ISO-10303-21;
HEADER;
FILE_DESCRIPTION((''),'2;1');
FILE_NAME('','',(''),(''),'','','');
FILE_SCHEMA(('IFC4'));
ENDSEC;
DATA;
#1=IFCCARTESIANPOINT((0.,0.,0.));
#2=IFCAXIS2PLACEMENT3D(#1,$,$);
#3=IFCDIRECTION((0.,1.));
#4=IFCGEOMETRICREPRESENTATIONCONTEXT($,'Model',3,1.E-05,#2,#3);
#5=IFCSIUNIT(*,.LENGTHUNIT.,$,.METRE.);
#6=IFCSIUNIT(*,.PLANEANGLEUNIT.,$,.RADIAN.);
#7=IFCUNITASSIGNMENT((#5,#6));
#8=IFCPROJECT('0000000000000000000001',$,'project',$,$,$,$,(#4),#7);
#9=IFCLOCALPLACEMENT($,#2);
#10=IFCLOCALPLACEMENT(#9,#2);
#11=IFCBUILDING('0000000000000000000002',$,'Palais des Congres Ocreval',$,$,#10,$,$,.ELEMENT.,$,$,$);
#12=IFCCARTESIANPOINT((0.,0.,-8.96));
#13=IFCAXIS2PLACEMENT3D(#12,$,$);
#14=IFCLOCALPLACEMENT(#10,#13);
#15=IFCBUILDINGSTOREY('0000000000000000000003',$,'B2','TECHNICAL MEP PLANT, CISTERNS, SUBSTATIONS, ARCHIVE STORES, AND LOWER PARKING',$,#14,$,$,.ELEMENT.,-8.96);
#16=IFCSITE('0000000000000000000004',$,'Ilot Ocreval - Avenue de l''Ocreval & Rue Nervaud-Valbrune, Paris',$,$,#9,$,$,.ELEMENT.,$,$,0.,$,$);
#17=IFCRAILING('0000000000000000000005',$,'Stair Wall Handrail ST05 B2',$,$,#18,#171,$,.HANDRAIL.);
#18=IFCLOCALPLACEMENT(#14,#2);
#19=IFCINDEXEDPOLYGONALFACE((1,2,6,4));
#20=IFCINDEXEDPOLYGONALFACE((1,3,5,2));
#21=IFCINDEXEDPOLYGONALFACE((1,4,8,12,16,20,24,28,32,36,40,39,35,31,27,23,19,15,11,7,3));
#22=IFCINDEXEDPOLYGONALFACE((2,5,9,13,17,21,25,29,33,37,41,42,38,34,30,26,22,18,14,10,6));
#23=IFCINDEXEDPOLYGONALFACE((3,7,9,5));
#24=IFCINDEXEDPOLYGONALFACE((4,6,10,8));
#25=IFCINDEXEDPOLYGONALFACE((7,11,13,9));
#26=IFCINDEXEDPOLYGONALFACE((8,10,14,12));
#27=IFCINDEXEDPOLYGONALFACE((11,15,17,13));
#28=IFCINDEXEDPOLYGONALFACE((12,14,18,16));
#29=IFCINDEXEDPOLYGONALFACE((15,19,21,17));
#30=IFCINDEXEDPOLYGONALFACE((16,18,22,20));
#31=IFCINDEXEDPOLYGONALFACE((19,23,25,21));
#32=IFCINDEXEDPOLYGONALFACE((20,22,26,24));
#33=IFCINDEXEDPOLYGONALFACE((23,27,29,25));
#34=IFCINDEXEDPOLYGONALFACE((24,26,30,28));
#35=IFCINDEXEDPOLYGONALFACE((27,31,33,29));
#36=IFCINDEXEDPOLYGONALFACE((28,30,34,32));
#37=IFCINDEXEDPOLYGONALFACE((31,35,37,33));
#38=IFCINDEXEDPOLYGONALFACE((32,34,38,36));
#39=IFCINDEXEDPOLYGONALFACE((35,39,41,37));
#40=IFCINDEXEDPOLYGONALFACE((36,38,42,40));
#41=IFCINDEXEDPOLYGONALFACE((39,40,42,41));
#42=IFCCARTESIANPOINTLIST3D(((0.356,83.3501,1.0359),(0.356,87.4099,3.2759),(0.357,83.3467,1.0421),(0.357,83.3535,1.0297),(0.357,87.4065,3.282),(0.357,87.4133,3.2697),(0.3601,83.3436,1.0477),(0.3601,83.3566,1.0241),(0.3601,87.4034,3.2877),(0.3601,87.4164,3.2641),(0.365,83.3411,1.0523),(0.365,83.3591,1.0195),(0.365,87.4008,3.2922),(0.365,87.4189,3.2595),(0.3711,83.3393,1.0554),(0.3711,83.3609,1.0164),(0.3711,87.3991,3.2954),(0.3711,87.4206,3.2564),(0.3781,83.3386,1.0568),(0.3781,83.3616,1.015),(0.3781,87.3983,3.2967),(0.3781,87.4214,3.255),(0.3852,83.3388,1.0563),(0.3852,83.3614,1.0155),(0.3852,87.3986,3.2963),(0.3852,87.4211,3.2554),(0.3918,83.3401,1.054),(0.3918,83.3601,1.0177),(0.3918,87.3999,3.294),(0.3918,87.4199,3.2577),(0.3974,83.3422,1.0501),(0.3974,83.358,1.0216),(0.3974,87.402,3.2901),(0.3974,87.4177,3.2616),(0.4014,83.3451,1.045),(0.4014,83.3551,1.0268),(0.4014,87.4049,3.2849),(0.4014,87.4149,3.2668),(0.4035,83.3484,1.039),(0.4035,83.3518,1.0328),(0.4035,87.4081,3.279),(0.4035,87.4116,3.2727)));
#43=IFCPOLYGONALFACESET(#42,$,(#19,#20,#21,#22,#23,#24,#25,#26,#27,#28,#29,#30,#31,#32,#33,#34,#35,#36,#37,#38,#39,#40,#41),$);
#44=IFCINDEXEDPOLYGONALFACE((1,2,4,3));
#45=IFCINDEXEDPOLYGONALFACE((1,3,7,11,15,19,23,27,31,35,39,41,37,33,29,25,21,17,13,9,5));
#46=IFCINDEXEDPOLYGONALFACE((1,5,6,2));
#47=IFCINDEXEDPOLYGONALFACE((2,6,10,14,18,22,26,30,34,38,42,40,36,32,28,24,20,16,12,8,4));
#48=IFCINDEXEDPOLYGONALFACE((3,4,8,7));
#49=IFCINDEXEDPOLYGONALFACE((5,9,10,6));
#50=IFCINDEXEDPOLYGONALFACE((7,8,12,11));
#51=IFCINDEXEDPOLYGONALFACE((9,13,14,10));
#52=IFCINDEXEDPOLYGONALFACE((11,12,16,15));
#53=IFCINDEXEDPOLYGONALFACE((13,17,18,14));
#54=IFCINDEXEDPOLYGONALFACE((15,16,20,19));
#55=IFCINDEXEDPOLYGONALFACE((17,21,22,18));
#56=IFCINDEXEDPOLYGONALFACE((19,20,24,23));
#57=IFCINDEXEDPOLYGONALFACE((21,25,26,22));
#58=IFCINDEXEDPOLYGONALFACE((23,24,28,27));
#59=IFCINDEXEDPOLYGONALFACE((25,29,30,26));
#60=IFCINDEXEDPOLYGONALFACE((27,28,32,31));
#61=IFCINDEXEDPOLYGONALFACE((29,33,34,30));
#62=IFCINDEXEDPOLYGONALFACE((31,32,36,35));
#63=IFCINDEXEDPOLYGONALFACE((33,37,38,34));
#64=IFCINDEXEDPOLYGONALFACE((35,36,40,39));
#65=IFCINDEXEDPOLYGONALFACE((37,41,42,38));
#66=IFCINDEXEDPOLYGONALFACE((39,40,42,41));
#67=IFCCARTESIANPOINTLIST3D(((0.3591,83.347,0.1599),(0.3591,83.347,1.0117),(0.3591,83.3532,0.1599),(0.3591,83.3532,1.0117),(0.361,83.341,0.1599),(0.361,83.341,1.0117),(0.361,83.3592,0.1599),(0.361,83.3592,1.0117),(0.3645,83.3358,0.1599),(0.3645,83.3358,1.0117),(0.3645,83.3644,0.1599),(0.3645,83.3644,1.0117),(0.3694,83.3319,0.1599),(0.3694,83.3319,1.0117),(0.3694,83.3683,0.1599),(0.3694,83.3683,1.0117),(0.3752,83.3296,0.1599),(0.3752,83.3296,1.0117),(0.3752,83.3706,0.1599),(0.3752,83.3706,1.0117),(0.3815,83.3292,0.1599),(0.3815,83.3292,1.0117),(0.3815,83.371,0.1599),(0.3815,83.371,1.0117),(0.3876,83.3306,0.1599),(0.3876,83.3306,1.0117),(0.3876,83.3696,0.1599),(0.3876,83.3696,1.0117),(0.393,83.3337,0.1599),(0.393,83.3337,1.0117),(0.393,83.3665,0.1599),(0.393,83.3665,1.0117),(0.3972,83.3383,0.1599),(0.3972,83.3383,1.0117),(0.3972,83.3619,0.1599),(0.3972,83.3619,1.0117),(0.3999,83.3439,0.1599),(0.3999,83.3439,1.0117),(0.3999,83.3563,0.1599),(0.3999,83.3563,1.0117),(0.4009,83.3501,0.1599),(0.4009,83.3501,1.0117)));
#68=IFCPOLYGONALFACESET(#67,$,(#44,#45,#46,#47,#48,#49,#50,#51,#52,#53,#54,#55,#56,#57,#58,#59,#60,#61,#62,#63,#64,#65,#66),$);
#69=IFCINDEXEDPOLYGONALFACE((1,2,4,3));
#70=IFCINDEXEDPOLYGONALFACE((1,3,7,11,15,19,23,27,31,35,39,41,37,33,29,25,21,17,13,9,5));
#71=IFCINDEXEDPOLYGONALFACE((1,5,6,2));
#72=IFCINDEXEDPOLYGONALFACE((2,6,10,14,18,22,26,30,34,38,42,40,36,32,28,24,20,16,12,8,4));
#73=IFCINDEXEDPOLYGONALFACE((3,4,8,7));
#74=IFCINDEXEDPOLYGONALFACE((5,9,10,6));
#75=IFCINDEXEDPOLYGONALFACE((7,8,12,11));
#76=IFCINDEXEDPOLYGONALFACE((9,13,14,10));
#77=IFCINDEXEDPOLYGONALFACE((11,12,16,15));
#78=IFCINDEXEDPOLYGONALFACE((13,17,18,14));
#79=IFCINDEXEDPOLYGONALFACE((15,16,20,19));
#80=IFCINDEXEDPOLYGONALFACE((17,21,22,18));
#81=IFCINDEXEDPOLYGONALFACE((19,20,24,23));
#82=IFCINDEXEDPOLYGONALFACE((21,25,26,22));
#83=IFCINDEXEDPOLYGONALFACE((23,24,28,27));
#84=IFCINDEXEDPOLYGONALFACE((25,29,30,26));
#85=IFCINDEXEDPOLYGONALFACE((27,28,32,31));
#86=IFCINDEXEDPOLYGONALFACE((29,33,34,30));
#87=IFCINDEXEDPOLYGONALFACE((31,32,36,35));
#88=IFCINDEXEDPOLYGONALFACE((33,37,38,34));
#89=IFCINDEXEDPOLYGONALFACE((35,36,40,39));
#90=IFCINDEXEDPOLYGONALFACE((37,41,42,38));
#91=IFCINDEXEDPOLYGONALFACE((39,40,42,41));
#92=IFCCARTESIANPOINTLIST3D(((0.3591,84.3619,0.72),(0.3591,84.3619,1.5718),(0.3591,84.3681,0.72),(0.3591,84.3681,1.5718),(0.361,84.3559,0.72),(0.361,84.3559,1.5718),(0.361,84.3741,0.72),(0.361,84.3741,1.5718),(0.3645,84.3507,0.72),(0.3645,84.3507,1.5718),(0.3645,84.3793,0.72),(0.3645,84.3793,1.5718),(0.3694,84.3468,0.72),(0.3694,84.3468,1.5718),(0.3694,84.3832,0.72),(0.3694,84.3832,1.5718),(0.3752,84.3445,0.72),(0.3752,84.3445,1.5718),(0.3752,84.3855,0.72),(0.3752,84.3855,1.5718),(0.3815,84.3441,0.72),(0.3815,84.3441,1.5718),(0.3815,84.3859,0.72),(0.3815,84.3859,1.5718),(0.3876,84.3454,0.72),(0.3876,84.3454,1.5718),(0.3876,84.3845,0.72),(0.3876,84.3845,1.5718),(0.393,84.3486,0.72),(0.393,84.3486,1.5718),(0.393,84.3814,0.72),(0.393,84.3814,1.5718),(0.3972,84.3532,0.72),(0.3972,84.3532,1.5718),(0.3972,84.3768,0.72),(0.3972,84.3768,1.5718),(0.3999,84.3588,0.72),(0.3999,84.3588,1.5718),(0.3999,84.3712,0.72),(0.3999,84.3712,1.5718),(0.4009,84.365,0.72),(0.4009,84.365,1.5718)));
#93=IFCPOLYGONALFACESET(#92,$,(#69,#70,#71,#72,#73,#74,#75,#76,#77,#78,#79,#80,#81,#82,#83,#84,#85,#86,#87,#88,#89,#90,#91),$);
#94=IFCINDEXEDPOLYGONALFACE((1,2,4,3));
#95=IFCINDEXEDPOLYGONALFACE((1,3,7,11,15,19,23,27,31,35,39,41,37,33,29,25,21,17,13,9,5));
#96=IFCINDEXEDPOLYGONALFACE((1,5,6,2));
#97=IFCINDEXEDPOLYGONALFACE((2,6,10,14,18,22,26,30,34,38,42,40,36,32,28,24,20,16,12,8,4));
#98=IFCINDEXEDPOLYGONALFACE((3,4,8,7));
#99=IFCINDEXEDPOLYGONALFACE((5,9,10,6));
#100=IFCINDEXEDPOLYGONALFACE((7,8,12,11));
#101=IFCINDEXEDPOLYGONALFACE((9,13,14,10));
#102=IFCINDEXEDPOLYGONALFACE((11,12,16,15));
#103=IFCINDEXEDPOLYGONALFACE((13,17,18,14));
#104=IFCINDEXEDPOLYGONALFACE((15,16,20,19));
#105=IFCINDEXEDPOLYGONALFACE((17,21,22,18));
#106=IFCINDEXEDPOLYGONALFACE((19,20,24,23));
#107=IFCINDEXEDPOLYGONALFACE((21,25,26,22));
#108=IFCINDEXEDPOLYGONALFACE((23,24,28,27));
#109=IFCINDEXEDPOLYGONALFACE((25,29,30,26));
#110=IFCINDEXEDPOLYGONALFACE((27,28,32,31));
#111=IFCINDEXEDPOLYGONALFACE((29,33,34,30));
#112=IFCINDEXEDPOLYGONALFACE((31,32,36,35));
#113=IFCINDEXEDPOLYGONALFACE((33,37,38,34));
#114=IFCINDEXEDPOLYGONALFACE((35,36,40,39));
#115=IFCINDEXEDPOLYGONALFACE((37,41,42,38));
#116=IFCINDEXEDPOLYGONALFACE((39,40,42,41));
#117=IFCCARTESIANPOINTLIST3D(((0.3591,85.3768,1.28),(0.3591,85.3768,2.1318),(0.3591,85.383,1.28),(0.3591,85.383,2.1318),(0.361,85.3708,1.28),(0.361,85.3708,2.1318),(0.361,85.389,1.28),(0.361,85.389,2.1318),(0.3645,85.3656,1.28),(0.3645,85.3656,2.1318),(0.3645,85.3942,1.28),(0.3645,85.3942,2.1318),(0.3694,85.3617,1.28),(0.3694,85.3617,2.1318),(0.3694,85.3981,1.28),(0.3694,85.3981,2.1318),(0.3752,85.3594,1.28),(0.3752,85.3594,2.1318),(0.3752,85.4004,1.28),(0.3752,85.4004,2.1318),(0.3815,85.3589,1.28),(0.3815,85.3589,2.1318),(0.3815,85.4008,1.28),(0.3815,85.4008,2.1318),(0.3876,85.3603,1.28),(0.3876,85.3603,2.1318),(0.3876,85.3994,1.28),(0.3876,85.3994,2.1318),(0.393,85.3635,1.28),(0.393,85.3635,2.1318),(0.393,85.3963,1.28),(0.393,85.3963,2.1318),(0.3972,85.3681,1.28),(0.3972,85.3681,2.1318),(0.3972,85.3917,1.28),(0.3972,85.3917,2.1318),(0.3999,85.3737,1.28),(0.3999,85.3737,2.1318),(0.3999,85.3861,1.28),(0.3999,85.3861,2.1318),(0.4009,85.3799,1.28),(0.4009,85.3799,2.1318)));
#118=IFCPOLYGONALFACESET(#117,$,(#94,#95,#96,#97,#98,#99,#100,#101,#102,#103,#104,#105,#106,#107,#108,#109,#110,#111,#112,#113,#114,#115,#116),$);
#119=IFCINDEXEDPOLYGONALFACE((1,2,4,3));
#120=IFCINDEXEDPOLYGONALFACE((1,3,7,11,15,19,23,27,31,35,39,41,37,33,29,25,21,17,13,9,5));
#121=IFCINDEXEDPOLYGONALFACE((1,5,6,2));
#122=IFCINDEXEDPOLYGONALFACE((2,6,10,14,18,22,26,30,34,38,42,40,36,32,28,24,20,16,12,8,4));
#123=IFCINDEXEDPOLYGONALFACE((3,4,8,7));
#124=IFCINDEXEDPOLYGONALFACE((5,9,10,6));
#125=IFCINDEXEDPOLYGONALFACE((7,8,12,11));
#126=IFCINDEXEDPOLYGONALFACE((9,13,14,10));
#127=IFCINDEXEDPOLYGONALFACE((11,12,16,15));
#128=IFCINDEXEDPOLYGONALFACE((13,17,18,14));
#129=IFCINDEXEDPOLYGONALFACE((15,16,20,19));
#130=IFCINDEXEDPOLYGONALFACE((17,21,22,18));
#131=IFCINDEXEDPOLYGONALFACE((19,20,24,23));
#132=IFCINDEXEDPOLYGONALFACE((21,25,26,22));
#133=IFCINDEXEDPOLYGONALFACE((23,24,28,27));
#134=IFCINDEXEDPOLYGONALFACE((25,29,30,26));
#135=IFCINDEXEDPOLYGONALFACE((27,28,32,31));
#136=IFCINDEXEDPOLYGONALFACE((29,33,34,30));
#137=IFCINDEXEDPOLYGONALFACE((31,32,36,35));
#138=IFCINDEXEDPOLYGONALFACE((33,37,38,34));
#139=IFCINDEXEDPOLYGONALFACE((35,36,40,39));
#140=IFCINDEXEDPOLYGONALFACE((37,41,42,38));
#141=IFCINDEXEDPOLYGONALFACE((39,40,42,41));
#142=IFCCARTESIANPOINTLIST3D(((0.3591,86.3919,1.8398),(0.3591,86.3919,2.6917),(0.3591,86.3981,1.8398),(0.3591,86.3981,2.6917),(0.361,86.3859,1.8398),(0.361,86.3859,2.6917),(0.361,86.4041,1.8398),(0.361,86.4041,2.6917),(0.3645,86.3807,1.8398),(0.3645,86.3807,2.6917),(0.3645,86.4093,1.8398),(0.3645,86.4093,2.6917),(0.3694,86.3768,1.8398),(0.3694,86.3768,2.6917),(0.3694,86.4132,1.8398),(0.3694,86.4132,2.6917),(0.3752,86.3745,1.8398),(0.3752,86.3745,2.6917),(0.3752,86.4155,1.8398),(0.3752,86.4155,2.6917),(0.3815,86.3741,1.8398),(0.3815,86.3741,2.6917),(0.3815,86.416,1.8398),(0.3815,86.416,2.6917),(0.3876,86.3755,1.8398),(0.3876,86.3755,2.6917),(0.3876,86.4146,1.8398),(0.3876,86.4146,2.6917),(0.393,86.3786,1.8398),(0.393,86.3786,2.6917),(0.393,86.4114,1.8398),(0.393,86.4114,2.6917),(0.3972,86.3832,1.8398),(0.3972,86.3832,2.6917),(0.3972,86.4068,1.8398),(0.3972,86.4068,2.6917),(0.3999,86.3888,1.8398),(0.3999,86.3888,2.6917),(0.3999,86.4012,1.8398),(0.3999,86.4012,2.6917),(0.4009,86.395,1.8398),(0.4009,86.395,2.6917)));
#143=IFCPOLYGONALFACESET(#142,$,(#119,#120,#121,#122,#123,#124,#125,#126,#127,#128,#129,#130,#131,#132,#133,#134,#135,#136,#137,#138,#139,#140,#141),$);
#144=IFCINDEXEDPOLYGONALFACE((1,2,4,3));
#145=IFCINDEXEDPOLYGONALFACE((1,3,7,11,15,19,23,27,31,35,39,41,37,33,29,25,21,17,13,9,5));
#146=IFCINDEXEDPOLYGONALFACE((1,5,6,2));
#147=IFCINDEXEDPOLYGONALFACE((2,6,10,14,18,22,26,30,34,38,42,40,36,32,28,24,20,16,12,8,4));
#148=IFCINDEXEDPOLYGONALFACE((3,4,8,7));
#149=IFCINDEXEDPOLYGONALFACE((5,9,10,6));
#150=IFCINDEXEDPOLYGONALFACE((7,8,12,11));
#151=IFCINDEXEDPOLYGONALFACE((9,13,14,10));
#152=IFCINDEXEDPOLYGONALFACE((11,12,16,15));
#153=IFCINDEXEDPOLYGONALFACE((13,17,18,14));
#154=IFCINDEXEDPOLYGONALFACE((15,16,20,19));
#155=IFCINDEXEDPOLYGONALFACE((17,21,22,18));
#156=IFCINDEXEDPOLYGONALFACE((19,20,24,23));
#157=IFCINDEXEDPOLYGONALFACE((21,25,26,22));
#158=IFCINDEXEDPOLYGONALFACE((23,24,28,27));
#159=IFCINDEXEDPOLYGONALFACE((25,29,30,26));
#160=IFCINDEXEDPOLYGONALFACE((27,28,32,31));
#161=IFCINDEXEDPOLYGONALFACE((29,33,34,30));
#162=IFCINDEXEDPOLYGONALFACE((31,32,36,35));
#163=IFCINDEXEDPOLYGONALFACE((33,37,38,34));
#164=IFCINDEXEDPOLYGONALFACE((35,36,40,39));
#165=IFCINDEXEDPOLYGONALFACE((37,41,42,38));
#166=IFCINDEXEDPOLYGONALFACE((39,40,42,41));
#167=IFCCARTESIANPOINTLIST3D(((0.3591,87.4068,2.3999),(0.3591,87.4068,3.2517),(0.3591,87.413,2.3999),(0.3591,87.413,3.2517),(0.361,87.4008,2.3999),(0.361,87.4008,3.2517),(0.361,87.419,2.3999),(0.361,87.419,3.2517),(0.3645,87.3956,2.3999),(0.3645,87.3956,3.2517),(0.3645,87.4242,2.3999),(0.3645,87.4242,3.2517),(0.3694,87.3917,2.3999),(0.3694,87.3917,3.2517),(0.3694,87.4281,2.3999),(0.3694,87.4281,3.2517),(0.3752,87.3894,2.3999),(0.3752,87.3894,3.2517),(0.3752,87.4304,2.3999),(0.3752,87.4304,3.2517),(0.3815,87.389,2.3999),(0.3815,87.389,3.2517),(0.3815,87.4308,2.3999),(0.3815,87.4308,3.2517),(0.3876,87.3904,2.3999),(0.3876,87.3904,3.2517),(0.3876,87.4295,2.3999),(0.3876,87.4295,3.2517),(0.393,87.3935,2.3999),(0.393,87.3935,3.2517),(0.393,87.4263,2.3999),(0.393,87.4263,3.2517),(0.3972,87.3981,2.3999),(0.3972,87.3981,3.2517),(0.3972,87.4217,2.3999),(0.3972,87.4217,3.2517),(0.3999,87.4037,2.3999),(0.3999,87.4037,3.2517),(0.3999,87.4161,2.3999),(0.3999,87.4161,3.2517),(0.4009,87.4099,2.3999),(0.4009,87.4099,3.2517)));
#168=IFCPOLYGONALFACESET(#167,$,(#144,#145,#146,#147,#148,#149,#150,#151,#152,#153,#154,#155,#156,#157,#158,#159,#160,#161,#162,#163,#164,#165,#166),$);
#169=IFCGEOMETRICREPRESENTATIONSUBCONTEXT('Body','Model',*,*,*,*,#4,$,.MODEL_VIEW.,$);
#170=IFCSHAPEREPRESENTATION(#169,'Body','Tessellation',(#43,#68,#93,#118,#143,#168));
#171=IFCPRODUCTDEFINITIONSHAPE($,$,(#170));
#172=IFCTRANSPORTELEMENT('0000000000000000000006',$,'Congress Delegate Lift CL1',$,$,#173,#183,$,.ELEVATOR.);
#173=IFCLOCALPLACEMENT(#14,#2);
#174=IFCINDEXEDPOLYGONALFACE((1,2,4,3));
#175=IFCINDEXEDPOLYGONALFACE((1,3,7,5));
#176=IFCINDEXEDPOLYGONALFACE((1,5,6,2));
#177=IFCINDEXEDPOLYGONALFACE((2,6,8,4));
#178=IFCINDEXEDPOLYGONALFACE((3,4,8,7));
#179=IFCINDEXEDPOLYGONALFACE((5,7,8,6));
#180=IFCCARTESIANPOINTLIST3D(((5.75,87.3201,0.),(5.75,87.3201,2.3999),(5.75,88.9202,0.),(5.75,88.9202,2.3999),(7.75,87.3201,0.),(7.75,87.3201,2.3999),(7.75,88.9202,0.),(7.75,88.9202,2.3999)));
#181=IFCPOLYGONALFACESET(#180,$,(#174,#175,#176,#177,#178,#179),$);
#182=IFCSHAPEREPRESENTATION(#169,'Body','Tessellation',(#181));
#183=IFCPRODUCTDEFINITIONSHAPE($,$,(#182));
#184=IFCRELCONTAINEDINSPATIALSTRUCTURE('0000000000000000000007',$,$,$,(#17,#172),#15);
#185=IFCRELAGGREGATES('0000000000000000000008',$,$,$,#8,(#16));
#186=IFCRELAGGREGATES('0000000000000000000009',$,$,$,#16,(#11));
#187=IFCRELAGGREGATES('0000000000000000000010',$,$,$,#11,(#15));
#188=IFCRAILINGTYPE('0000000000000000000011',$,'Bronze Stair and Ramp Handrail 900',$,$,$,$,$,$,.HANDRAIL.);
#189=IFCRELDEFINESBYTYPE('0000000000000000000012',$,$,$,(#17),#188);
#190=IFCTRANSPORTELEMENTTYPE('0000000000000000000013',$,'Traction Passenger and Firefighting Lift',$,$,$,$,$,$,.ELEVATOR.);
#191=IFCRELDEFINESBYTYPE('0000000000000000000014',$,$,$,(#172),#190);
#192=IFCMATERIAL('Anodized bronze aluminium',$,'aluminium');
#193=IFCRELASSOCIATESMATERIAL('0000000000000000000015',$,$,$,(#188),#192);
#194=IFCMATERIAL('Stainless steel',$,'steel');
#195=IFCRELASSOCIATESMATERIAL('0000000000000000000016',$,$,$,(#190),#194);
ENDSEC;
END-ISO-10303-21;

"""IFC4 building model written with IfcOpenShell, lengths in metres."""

from ifc_helpers import new_model, si_unit, direction, frame, origin, origin_2d, place, context, subcontext, project, spatial, rectangle, circle, extrude, material, type_object, element, save


model = new_model("IFC4")

# Units and contexts
model_context = context("Model", 3, precision=1e-05, world=origin(), true_north=direction((0.0, 1.0)))
body_context = subcontext(model_context, "Body", "Model", "MODEL_VIEW")
ifc_project = project(units=[si_unit("LENGTHUNIT", "METRE"), si_unit("PLANEANGLEUNIT", "RADIAN")], contexts=[model_context])

# Site, building, storey
site_placement = place(None, origin())
site = spatial("IfcSite", under=ifc_project, at=site_placement, Name="Ilot Ocreval - Avenue de l'Ocreval & Rue Nervaud-Valbrune, Paris", CompositionType="ELEMENT", RefElevation=0.0)
building_placement = place(site_placement, origin())
building = spatial("IfcBuilding", under=site, at=building_placement, Name="Palais des Congres Ocreval", CompositionType="ELEMENT")
storey_placement = place(building_placement, frame((0.0, 0.0, -8.96)))
storey = spatial("IfcBuildingStorey", under=building, at=storey_placement, Name="B2", Description="TECHNICAL MEP PLANT, CISTERNS, SUBSTATIONS, ARCHIVE STORES, AND LOWER PARKING", CompositionType="ELEMENT", Elevation=-8.96)

# Railing
ifc_material_1 = material(Name="Anodized bronze aluminium", Category="aluminium")
railing_type_1 = type_object("IfcRailingType", Name="Bronze Stair and Ramp Handrail 900", PredefinedType="HANDRAIL", material=ifc_material_1)
railing_1_placement = place(storey_placement, frame((0.3799, 83.3501, 0.1599)))
element("IfcRailing", 1, at=railing_1_placement, inside=storey, type_object=railing_type_1, Name="Stair Wall Handrail ST05 B2", PredefinedType="HANDRAIL", context=body_context, shape_type="SweptSolid", body=[
    extrude(circle(Radius=0.0239, at=origin_2d()), frame((0.0, 0.0, 0.876), z_axis=(0.0, 0.875569, 0.483093), x_axis=(-1.0, 0.0, 0.0)), (0.0, 0.0, 1.0), 4.6367),
    extrude(circle(Radius=0.021, at=origin_2d()), origin(), (0.0, 0.0, 1.0), 0.8518),
    extrude(circle(Radius=0.021, at=origin_2d()), frame((0.0, 1.0149, 0.5601)), (0.0, 0.0, 1.0), 0.8518),
    extrude(circle(Radius=0.021, at=origin_2d()), frame((0.0, 2.0298, 1.1201)), (0.0, 0.0, 1.0), 0.8518),
    extrude(circle(Radius=0.021, at=origin_2d()), frame((0.0, 3.0449, 1.6799)), (0.0, 0.0, 1.0), 0.8518),
    extrude(circle(Radius=0.021, at=origin_2d()), frame((0.0, 4.0598, 2.24)), (0.0, 0.0, 1.0), 0.8518),
])

# Transport element
ifc_material_2 = material(Name="Stainless steel", Category="steel")
transport_element_type = type_object("IfcTransportElementType", Name="Traction Passenger and Firefighting Lift", PredefinedType="ELEVATOR", material=ifc_material_2)
transport_element_placement = place(storey_placement, frame((6.75, 88.1201, 0.0), z_axis=(0.0, 0.0, 1.0), x_axis=(1.0, 0.0, 0.0)))
element("IfcTransportElement", 2, at=transport_element_placement, inside=storey, type_object=transport_element_type, Name="Congress Delegate Lift CL1", PredefinedType="ELEVATOR", context=body_context, shape_type="SweptSolid", body=[
    extrude(rectangle(XDim=2.0, YDim=1.6001, at=origin_2d()), origin(), (0.0, 0.0, 1.0), 2.3999),
])

save(model, "model.ifc")
